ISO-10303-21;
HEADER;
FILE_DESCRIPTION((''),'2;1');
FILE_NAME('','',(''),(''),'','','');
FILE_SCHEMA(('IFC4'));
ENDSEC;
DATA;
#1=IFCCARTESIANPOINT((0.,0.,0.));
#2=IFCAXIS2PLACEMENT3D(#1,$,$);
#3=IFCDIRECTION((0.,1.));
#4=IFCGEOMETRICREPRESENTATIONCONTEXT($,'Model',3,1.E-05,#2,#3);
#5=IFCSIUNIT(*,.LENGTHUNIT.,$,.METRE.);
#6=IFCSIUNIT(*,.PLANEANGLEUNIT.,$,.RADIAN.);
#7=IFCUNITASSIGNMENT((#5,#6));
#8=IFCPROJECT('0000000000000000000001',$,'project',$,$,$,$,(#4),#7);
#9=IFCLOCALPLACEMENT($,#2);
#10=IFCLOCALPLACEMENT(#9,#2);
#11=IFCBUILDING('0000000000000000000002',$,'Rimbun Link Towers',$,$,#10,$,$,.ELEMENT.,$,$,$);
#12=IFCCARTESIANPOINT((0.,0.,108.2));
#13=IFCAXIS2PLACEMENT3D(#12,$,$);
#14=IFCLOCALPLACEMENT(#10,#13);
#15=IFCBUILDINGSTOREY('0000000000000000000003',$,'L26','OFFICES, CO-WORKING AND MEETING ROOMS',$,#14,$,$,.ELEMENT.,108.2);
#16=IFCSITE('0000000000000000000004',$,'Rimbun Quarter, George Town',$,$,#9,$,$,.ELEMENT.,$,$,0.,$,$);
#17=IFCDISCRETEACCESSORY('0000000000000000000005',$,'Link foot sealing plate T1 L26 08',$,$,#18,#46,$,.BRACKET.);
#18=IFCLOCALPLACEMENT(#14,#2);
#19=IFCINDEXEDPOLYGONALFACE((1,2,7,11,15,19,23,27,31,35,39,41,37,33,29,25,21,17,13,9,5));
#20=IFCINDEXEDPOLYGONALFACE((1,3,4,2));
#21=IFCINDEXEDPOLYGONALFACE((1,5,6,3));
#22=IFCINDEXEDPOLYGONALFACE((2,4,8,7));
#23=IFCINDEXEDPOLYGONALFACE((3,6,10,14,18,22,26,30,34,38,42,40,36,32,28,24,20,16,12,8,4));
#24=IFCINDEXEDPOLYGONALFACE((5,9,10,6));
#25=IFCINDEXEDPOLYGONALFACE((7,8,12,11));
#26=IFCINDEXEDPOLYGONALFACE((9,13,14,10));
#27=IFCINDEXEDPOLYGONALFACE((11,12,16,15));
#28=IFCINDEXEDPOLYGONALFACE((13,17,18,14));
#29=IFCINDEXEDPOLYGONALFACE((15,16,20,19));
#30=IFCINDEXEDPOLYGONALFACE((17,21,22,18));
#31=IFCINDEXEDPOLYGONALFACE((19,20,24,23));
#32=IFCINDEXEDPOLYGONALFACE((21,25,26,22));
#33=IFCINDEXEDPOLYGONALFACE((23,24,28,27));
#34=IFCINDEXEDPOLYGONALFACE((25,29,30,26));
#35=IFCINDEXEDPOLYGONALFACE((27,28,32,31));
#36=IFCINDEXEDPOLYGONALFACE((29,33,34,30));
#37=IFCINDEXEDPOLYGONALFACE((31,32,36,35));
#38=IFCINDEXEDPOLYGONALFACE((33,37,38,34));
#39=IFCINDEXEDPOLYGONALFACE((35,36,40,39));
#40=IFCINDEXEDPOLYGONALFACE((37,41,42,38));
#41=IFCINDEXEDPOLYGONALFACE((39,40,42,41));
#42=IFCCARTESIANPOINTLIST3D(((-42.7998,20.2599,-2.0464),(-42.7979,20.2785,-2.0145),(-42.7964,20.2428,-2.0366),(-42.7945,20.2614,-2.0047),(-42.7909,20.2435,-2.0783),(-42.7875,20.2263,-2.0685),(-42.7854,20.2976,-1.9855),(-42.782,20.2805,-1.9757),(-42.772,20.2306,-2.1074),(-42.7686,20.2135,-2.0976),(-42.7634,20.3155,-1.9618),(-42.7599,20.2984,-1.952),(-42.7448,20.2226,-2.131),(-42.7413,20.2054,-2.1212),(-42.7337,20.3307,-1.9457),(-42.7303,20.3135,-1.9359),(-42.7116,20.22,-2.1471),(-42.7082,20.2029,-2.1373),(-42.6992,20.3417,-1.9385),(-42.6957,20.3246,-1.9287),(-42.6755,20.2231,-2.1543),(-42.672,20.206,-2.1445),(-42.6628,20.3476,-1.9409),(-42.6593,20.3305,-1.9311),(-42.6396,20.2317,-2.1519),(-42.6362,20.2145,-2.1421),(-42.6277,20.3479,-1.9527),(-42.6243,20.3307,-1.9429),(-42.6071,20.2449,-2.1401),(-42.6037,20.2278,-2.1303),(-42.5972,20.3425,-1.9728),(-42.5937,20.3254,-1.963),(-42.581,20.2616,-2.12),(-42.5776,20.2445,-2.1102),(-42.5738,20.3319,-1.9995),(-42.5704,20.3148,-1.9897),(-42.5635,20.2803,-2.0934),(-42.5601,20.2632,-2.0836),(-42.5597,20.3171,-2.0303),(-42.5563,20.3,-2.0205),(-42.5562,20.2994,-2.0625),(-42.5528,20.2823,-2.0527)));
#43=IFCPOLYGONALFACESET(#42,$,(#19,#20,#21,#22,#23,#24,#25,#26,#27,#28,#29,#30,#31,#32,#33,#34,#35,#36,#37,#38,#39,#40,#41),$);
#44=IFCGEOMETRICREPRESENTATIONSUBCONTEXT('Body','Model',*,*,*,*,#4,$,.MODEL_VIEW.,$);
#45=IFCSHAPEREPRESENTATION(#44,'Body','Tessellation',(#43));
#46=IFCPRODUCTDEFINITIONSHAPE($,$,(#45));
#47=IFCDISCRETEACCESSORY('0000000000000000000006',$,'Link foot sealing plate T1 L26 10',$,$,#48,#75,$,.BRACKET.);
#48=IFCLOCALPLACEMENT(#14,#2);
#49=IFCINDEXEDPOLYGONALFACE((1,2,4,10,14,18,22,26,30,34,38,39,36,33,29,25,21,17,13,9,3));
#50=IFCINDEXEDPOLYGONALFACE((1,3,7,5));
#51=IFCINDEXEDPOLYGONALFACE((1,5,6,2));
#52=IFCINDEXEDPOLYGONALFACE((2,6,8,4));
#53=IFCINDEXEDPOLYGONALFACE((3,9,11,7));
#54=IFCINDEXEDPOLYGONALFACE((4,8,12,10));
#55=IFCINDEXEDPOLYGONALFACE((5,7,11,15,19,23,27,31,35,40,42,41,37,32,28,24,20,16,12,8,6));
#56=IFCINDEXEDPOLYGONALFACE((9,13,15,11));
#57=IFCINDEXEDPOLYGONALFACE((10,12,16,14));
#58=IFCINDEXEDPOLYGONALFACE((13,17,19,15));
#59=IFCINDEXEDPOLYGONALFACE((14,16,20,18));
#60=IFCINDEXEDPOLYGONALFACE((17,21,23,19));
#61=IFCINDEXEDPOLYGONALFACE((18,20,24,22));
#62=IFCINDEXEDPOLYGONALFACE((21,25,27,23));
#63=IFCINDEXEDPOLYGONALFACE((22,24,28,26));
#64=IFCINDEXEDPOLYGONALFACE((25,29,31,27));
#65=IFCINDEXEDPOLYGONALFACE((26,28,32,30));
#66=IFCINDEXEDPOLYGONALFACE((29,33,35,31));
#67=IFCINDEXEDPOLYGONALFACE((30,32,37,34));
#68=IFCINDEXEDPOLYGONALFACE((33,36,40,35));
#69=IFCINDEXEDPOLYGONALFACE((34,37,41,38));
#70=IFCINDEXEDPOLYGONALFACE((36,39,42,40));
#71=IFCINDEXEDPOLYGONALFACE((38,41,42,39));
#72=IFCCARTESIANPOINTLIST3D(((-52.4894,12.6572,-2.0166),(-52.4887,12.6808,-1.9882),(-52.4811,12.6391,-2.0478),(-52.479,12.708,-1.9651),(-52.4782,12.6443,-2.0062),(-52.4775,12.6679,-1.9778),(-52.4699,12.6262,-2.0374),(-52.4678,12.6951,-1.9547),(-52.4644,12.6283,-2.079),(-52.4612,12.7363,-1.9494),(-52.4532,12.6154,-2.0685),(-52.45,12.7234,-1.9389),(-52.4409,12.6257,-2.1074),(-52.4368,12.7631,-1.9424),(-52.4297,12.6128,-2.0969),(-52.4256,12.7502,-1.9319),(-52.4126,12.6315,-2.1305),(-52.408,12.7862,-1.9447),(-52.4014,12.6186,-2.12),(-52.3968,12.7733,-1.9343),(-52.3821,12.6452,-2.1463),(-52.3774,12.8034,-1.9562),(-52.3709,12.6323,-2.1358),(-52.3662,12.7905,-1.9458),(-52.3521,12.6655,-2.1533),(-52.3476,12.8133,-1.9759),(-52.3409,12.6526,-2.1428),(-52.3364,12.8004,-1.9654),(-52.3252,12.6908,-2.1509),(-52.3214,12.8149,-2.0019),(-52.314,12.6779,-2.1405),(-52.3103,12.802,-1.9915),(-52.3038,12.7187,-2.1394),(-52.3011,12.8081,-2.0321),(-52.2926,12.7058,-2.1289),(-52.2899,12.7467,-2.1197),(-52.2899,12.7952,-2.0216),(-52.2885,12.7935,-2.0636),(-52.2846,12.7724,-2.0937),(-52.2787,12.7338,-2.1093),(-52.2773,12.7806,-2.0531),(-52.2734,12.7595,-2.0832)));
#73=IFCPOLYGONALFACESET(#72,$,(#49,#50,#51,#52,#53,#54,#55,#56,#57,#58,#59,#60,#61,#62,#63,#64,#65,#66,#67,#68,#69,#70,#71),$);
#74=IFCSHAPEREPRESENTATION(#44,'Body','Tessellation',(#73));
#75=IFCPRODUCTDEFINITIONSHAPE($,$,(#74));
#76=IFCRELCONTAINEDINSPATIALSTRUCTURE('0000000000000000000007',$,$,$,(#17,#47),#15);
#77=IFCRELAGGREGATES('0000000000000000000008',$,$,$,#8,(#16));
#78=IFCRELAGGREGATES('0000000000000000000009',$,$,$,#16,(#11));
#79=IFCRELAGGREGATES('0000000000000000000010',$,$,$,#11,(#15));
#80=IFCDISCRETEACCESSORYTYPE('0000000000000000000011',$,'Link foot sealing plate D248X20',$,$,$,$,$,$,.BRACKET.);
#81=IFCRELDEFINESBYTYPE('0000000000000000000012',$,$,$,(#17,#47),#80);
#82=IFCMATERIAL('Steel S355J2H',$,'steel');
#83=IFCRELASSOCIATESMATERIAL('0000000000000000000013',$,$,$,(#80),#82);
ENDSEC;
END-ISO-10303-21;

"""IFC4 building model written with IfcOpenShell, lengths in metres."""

from ifc_helpers import new_model, si_unit, direction, frame, origin, origin_2d, place, context, subcontext, project, spatial, circle, extrude, material, material_profile, profile_set, type_object, element, save


model = new_model("IFC4")

# Units and contexts
model_context = context("Model", 3, precision=1e-05, world=origin(), true_north=direction((0.0, 1.0)))
body_context = subcontext(model_context, "Body", "Model", "MODEL_VIEW")
ifc_project = project(units=[si_unit("LENGTHUNIT", "METRE"), si_unit("PLANEANGLEUNIT", "RADIAN")], contexts=[model_context])

# Site, building, storey
site_placement = place(None, origin())
site = spatial("IfcSite", under=ifc_project, at=site_placement, Name="Rimbun Quarter, George Town", CompositionType="ELEMENT", RefElevation=0.0)
building_placement = place(site_placement, origin())
building = spatial("IfcBuilding", under=site, at=building_placement, Name="Rimbun Link Towers", CompositionType="ELEMENT")
storey_placement = place(building_placement, frame((0.0, 0.0, 108.2)))
storey = spatial("IfcBuildingStorey", under=building, at=storey_placement, Name="L26", Description="OFFICES, CO-WORKING AND MEETING ROOMS", CompositionType="ELEMENT", Elevation=108.2)

# Discrete accessories
ifc_material_1 = material(Name="Steel S355J2H", Category="steel")
ifc_material_profile_1 = material_profile(ifc_material_1, circle(Radius=0.124, at=origin_2d()), Name="PL D248")
ifc_profile_set_1 = profile_set([ifc_material_profile_1], Name="Steel S355J2H")
discrete_accessory_type = type_object("IfcDiscreteAccessoryType", Name="Link foot sealing plate D248X20", PredefinedType="BRACKET", material=ifc_profile_set_1)
for number, where, z_axis, x_axis, name in (
    (1, (-42.6748, 20.2671, -2.0366), (-0.171088, 0.855442, -0.488824), (-0.980581, -0.196116, 0.0), "Link foot sealing plate T1 L26 08"),
    (2, (-52.3762, 12.7075, -2.0374), (-0.558901, 0.643952, -0.522451), (-0.755219, -0.655473, 0.0), "Link foot sealing plate T1 L26 10"),
):
    element("IfcDiscreteAccessory", number, at=place(storey_placement, frame(where, z_axis=z_axis, x_axis=x_axis)), inside=storey, type_object=discrete_accessory_type, Name=name, PredefinedType="BRACKET", context=body_context, shape_type="SweptSolid", body=[
        extrude(circle(Radius=0.124, at=origin_2d()), origin(), (0.0, 0.0, 1.0), 0.02),
    ])

save(model, "model.ifc")
